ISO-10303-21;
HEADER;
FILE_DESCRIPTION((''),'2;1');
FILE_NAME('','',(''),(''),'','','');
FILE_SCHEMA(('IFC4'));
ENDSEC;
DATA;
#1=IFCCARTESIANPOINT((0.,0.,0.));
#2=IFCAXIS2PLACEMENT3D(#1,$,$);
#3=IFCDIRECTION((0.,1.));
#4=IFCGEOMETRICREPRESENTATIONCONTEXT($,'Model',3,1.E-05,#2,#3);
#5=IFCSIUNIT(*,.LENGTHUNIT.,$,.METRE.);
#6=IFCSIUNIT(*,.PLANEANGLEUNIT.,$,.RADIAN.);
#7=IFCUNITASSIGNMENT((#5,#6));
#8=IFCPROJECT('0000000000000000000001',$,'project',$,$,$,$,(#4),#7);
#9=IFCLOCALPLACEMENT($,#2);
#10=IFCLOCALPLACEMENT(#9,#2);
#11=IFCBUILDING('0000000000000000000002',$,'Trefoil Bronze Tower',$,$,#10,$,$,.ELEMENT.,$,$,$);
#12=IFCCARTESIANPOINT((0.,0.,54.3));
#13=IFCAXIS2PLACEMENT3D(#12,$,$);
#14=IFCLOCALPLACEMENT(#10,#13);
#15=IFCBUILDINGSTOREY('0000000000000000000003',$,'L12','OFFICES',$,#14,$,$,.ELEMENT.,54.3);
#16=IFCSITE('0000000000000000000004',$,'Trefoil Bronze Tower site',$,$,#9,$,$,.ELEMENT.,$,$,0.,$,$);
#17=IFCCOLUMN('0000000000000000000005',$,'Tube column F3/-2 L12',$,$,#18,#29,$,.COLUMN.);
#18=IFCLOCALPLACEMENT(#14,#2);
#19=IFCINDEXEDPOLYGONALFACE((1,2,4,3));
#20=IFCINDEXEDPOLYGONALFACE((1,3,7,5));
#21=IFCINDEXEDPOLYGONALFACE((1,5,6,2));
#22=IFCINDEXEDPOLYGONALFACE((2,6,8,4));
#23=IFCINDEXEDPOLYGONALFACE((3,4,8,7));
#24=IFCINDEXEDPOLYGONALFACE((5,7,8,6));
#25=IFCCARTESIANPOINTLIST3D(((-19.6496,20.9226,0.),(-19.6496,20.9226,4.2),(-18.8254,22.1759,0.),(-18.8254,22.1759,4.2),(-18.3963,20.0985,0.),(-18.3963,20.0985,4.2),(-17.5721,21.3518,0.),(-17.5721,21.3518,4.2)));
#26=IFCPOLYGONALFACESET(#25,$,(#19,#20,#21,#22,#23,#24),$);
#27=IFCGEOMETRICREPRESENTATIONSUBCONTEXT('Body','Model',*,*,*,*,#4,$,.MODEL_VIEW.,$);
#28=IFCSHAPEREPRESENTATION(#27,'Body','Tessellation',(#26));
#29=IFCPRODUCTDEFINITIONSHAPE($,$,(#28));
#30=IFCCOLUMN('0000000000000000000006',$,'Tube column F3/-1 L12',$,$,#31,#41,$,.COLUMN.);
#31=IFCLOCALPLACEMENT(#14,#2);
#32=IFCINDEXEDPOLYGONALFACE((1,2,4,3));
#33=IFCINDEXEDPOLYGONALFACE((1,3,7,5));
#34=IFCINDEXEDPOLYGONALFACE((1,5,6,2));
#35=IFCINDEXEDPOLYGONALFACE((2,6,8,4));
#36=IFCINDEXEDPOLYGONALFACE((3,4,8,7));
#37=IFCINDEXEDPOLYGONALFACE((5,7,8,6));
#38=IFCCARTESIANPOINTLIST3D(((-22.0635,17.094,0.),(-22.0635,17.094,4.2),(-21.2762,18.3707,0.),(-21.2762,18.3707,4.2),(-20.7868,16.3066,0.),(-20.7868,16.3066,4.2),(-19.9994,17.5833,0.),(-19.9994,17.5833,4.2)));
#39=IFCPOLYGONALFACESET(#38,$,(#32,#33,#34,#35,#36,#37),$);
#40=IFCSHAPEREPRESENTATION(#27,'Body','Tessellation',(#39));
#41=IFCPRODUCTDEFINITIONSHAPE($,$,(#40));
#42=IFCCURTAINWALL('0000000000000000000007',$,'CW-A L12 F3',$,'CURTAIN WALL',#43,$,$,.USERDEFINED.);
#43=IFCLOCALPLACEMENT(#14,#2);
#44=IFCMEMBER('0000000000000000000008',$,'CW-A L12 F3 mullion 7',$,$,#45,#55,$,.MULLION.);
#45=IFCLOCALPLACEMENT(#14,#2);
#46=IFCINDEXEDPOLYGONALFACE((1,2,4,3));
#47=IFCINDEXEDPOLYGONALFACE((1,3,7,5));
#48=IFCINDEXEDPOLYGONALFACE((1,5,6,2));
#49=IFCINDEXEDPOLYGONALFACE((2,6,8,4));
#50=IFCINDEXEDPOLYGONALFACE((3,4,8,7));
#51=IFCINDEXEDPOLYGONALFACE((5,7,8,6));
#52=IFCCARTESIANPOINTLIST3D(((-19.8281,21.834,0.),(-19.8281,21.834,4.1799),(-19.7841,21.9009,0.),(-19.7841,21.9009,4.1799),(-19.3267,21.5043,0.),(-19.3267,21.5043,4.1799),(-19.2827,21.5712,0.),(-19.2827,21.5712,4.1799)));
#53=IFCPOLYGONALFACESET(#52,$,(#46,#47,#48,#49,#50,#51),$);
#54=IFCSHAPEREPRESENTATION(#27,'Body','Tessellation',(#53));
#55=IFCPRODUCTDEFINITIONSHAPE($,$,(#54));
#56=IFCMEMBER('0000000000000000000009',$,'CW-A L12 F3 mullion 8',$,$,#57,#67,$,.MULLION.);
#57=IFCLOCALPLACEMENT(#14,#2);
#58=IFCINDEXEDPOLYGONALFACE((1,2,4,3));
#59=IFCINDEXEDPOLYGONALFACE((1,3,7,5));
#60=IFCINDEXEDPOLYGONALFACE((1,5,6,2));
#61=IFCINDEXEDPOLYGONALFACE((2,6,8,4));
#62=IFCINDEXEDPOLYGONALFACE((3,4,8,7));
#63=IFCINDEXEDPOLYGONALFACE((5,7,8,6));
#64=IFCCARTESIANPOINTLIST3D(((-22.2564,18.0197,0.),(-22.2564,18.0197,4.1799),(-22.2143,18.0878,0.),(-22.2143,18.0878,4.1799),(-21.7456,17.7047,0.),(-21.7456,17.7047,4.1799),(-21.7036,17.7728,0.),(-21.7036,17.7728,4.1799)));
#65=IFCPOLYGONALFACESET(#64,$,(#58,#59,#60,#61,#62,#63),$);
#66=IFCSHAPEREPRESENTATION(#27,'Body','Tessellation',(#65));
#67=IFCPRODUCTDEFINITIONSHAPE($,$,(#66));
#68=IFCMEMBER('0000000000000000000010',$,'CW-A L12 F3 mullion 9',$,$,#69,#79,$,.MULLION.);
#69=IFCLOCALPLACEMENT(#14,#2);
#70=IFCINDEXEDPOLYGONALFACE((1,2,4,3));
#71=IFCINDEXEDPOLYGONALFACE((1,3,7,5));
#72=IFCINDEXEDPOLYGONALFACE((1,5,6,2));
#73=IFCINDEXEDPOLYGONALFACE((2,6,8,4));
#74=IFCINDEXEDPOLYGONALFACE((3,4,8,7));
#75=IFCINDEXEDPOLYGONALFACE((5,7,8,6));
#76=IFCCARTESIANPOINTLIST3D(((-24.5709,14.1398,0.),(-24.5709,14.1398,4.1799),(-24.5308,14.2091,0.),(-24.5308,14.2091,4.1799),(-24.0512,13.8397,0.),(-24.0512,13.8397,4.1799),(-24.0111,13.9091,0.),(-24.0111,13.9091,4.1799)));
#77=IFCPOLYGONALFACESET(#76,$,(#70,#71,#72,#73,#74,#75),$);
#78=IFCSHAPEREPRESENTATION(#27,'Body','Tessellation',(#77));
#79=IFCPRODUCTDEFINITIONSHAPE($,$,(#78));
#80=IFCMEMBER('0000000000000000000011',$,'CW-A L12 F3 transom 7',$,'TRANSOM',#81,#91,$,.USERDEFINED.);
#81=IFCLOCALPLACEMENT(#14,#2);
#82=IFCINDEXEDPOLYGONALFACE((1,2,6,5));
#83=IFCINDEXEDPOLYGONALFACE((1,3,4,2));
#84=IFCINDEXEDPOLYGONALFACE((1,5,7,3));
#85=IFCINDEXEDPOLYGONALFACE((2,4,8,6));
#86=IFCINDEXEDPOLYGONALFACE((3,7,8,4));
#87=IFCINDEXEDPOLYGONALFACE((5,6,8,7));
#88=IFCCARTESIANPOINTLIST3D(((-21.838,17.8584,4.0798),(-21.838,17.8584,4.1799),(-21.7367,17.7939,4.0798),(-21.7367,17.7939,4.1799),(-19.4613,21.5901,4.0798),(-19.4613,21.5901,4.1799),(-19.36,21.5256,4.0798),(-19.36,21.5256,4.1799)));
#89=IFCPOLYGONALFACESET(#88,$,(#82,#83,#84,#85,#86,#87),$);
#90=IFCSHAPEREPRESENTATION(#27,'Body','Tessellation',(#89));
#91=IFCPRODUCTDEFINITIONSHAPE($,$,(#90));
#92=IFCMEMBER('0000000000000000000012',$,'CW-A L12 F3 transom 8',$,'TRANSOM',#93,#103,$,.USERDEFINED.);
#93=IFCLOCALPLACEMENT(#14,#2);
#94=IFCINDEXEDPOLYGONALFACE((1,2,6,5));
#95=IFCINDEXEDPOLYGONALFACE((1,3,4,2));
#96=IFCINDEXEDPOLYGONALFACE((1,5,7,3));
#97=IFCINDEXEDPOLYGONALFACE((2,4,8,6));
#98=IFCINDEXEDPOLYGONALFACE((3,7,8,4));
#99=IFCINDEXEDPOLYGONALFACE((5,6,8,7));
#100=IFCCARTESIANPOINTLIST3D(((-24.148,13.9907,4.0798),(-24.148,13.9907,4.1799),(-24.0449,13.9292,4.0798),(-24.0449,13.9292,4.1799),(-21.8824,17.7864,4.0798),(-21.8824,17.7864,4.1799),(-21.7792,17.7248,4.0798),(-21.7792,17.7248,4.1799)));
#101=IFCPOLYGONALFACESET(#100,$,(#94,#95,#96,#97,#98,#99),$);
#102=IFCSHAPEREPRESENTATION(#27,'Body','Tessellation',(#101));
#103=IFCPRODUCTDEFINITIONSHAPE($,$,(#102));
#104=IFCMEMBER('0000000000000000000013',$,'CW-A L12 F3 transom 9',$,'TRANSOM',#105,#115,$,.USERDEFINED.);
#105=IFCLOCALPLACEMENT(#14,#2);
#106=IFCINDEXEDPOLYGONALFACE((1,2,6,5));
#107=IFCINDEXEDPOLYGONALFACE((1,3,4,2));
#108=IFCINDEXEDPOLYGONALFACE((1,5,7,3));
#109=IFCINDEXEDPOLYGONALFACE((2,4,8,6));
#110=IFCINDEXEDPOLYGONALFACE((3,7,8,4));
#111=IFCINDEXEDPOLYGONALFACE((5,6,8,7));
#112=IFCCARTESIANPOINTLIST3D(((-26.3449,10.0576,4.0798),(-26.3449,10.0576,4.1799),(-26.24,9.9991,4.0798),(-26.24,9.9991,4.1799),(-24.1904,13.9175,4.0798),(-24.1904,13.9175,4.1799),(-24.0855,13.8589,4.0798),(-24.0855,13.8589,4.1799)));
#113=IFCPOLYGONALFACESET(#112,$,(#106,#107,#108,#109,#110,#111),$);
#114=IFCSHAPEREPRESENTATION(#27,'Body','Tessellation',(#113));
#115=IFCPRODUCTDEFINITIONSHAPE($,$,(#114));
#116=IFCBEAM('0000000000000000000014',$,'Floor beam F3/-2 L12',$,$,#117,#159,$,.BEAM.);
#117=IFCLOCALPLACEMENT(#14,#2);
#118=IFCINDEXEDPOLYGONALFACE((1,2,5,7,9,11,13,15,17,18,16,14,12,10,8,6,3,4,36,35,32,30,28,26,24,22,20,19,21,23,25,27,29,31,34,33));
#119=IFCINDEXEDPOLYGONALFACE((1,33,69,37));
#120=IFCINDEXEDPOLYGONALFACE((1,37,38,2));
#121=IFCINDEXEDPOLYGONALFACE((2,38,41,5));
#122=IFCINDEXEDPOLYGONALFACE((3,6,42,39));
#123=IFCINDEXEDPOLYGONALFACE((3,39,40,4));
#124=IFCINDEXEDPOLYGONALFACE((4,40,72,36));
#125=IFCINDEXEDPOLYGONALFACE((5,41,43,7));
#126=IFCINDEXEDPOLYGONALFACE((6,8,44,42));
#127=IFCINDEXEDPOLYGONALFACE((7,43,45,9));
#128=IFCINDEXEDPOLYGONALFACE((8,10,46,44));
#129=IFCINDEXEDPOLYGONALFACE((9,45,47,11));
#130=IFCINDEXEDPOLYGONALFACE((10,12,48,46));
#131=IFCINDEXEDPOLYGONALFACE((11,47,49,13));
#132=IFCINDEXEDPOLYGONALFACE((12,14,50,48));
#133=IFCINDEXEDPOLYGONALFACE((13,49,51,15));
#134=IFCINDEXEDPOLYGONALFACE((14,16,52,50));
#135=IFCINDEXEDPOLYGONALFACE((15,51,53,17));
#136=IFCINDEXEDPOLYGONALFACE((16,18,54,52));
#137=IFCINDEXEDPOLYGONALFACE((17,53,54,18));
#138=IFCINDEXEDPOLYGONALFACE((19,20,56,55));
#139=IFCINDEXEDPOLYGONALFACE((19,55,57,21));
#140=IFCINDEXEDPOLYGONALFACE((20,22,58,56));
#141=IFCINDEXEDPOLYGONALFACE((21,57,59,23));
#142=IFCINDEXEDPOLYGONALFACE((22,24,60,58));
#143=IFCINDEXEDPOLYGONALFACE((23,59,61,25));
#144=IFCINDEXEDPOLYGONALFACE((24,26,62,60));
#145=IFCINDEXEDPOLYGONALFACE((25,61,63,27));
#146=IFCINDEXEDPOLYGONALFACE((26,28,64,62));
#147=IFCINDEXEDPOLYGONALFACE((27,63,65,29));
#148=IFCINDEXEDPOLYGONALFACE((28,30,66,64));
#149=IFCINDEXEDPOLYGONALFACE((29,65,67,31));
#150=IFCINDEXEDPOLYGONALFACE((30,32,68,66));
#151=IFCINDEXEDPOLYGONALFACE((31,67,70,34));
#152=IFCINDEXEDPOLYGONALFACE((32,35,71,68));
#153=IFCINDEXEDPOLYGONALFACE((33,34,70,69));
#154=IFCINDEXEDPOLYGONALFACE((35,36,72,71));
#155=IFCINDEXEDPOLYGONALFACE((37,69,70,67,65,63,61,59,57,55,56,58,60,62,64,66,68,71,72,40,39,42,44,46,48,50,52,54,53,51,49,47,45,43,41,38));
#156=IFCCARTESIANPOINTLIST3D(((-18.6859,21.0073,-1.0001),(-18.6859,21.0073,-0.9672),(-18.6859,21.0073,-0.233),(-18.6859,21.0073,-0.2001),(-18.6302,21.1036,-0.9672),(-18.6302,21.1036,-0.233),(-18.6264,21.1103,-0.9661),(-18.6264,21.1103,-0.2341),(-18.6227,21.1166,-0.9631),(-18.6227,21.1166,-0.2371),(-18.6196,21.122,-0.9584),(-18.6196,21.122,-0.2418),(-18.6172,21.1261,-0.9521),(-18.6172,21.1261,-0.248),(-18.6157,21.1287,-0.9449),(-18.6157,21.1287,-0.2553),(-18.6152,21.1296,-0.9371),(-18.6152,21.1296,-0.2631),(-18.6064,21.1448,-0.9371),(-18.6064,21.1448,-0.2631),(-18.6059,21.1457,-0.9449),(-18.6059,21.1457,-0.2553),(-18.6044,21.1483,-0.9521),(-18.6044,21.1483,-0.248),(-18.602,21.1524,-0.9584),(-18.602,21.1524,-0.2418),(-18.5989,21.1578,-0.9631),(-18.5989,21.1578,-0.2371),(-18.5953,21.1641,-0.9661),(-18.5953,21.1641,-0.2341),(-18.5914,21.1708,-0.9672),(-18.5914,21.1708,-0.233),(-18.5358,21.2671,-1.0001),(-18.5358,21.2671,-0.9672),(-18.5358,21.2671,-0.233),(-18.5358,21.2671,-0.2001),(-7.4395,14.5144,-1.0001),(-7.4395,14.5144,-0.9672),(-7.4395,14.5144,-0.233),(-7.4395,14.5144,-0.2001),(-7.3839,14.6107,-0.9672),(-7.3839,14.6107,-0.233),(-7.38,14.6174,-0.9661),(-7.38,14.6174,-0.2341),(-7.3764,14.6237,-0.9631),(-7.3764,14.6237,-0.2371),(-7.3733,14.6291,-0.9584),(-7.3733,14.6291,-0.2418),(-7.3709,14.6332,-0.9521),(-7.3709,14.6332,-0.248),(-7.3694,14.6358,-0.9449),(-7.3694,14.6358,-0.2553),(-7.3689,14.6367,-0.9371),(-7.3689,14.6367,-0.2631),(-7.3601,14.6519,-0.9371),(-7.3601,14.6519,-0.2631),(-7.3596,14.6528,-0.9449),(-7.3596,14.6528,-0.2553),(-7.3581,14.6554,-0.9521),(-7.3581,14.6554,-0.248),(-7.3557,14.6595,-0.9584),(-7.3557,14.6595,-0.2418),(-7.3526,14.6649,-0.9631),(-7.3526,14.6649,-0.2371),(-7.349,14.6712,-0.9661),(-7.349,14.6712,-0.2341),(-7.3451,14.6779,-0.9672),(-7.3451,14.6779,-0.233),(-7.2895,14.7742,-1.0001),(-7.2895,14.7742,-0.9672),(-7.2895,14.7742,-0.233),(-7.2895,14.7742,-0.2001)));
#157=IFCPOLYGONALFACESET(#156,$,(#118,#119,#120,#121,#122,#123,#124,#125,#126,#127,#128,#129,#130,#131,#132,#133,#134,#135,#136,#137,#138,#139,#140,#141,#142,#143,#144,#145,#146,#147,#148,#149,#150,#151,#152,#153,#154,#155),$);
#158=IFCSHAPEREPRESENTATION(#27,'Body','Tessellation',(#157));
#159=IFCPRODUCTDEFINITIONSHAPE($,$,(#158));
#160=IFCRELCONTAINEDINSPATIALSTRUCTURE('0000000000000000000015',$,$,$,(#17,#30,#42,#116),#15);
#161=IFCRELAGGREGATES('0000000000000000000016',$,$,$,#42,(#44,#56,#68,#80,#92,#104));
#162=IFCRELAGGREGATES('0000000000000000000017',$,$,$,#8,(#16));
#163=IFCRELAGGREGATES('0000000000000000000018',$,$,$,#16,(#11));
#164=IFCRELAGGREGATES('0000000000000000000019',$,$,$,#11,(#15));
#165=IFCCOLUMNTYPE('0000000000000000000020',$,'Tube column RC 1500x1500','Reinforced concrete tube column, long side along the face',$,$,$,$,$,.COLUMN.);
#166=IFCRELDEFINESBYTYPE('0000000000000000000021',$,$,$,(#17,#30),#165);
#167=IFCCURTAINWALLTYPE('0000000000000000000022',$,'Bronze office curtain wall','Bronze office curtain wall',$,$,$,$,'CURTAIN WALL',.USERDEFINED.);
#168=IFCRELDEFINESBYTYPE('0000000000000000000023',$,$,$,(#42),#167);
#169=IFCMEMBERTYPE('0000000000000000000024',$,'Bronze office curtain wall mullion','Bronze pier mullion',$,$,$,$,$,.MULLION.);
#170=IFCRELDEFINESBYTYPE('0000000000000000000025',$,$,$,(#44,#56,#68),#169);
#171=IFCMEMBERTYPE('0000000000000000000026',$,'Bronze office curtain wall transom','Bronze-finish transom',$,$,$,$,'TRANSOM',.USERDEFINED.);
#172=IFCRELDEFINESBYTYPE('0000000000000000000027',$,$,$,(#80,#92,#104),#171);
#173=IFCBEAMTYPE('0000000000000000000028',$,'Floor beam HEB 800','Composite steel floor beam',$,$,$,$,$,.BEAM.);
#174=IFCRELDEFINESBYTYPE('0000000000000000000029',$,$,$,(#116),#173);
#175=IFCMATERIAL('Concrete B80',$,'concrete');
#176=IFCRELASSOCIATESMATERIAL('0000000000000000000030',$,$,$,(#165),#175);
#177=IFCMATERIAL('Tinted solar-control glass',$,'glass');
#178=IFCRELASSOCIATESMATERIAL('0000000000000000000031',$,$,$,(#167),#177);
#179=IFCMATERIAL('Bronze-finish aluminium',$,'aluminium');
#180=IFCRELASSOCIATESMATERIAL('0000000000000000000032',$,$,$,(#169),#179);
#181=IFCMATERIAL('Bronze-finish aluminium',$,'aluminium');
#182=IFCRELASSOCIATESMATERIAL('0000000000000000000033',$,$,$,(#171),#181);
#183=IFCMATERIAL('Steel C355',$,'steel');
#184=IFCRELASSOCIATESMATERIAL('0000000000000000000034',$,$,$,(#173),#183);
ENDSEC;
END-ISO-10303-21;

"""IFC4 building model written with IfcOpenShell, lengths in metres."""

from ifc_helpers import new_model, si_unit, direction, frame, origin, origin_2d, place, context, subcontext, project, spatial, rectangle, i_section, extrude, material, material_profile, profile_set, type_object, element, aggregate, save


model = new_model("IFC4")

# Units and contexts
model_context = context("Model", 3, precision=1e-05, world=origin(), true_north=direction((0.0, 1.0)))
body_context = subcontext(model_context, "Body", "Model", "MODEL_VIEW")
ifc_project = project(units=[si_unit("LENGTHUNIT", "METRE"), si_unit("PLANEANGLEUNIT", "RADIAN")], contexts=[model_context])

# Site, building, storey
site_placement = place(None, origin())
site = spatial("IfcSite", under=ifc_project, at=site_placement, Name="Trefoil Bronze Tower site", CompositionType="ELEMENT", RefElevation=0.0)
building_placement = place(site_placement, origin())
building = spatial("IfcBuilding", under=site, at=building_placement, Name="Trefoil Bronze Tower", CompositionType="ELEMENT")
storey_placement = place(building_placement, frame((0.0, 0.0, 54.3)))
storey = spatial("IfcBuildingStorey", under=building, at=storey_placement, Name="L12", Description="OFFICES", CompositionType="ELEMENT", Elevation=54.3)

# Columns
ifc_material_1 = material(Name="Concrete B80", Category="concrete")
ifc_material_profile_1 = material_profile(ifc_material_1, rectangle(XDim=1.5, YDim=1.5, at=origin_2d()), Name="RC 1500x1500")
ifc_profile_set_1 = profile_set([ifc_material_profile_1], Name="Concrete B80")
column_type = type_object("IfcColumnType", Name="Tube column RC 1500x1500", Description="Reinforced concrete tube column, long side along the face", PredefinedType="COLUMN", material=ifc_profile_set_1)
for number, where, z_axis, x_axis, name in (
    (1, (-18.6108, 21.1372, 0.0), (0.0, 0.0, 1.0), (-0.549424, -0.835544, 0.0), "Tube column F3/-2 L12"),
    (2, (-21.0315, 17.3386, 0.0), (0.0, 0.0, 1.0), (-0.524923, -0.85115, 0.0), "Tube column F3/-1 L12"),
):
    element("IfcColumn", number, at=place(storey_placement, frame(where, z_axis=z_axis, x_axis=x_axis)), inside=storey, type_object=column_type, Name=name, PredefinedType="COLUMN", context=body_context, shape_type="SweptSolid", body=[
        extrude(rectangle(XDim=1.5, YDim=1.5, at=origin_2d()), origin(), (0.0, 0.0, 1.0), 4.2),
    ])

# Curtain wall, members
ifc_material_2 = material(Name="Tinted solar-control glass", Category="glass")
curtain_wall_type = type_object("IfcCurtainWallType", Name="Bronze office curtain wall", Description="Bronze office curtain wall", ElementType="CURTAIN WALL", PredefinedType="USERDEFINED", material=ifc_material_2)
curtain_wall_placement = place(storey_placement, origin())
curtain_wall = element("IfcCurtainWall", 3, at=curtain_wall_placement, inside=storey, type_object=curtain_wall_type, Name="CW-A L12 F3", ObjectType="CURTAIN WALL", PredefinedType="USERDEFINED")
ifc_material_3 = material(Name="Bronze-finish aluminium", Category="aluminium")
ifc_material_profile_2 = material_profile(ifc_material_3, rectangle(XDim=0.6001, YDim=0.0801, at=origin_2d()), Name="CW-A mullion")
ifc_profile_set_2 = profile_set([ifc_material_profile_2], Name="Bronze-finish aluminium")
member_type_1 = type_object("IfcMemberType", Name="Bronze office curtain wall mullion", Description="Bronze pier mullion", PredefinedType="MULLION", material=ifc_profile_set_2)
member_1_placement = place(storey_placement, frame((-19.5554, 21.7026, 0.0), z_axis=(0.0, 0.0, 1.0), x_axis=(0.835544, -0.549424, 0.0)))
member_1 = element("IfcMember", 4, at=member_1_placement, type_object=member_type_1, Name="CW-A L12 F3 mullion 7", PredefinedType="MULLION", context=body_context, shape_type="SweptSolid", body=[
    extrude(rectangle(XDim=0.6001, YDim=0.0801, at=origin_2d()), origin(), (0.0, 0.0, 1.0), 4.1799),
])
member_2_placement = place(storey_placement, frame((-21.98, 17.8962, 0.0), z_axis=(0.0, 0.0, 1.0), x_axis=(0.85115, -0.524923, 0.0)))
member_2 = element("IfcMember", 5, at=member_2_placement, type_object=member_type_1, Name="CW-A L12 F3 mullion 8", PredefinedType="MULLION", context=body_context, shape_type="SweptSolid", body=[
    extrude(rectangle(XDim=0.6001, YDim=0.0801, at=origin_2d()), origin(), (0.0, 0.0, 1.0), 4.1799),
])
member_3_placement = place(storey_placement, frame((-24.291, 14.0244, 0.0), z_axis=(0.0, 0.0, 1.0), x_axis=(0.866025, -0.5, 0.0)))
member_3 = element("IfcMember", 6, at=member_3_placement, type_object=member_type_1, Name="CW-A L12 F3 mullion 9", PredefinedType="MULLION", context=body_context, shape_type="SweptSolid", body=[
    extrude(rectangle(XDim=0.6001, YDim=0.0801, at=origin_2d()), origin(), (0.0, 0.0, 1.0), 4.1799),
])
ifc_material_4 = material(Name="Bronze-finish aluminium", Category="aluminium")
ifc_material_profile_3 = material_profile(ifc_material_4, rectangle(XDim=0.1201, YDim=0.1001, at=origin_2d()), Name="CW-A transom")
ifc_profile_set_3 = profile_set([ifc_material_profile_3], Name="Bronze-finish aluminium")
member_type_2 = type_object("IfcMemberType", Name="Bronze office curtain wall transom", Description="Bronze-finish transom", ElementType="TRANSOM", PredefinedType="USERDEFINED", material=ifc_profile_set_3)
member_4_placement = place(storey_placement, frame((-19.4106, 21.5579, 4.1299), z_axis=(-0.537197, -0.843457, 0.0), x_axis=(0.843457, -0.537197, 0.0)))
member_4 = element("IfcMember", 7, at=member_4_placement, type_object=member_type_2, Name="CW-A L12 F3 transom 7", ObjectType="TRANSOM", PredefinedType="USERDEFINED", context=body_context, shape_type="SweptSolid", body=[
    extrude(rectangle(XDim=0.1201, YDim=0.1001, at=origin_2d()), origin(), (0.0, 0.0, 1.0), 4.4243),
])
member_5_placement = place(storey_placement, frame((-21.8308, 17.7556, 4.1299), z_axis=(-0.512537, -0.858665, 0.0), x_axis=(0.858665, -0.512537, 0.0)))
member_5 = element("IfcMember", 8, at=member_5_placement, type_object=member_type_2, Name="CW-A L12 F3 transom 8", ObjectType="TRANSOM", PredefinedType="USERDEFINED", context=body_context, shape_type="SweptSolid", body=[
    extrude(rectangle(XDim=0.1201, YDim=0.1001, at=origin_2d()), origin(), (0.0, 0.0, 1.0), 4.4204),
])
member_6_placement = place(storey_placement, frame((-24.1379, 13.8882, 4.1299), z_axis=(-0.4874, -0.873179, 0.0), x_axis=(0.873179, -0.4874, 0.0)))
member_6 = element("IfcMember", 9, at=member_6_placement, type_object=member_type_2, Name="CW-A L12 F3 transom 9", ObjectType="TRANSOM", PredefinedType="USERDEFINED", context=body_context, shape_type="SweptSolid", body=[
    extrude(rectangle(XDim=0.1201, YDim=0.1001, at=origin_2d()), origin(), (0.0, 0.0, 1.0), 4.4204),
])

# Beam
ifc_material_5 = material(Name="Steel C355", Category="steel")
ifc_material_profile_4 = material_profile(ifc_material_5, i_section(OverallWidth=0.3, OverallDepth=0.8, WebThickness=0.0176, FlangeThickness=0.033, FilletRadius=0.03, at=origin_2d()), Name="HEB 800")
ifc_profile_set_4 = profile_set([ifc_material_profile_4], Name="Steel C355")
beam_type_1 = type_object("IfcBeamType", Name="Floor beam HEB 800", Description="Composite steel floor beam", PredefinedType="BEAM", material=ifc_profile_set_4)
beam_1_placement = place(storey_placement, frame((-18.6108, 21.1372, -0.6001), z_axis=(0.866031, -0.499991, 0.0), x_axis=(0.499991, 0.866031, 0.0)))
element("IfcBeam", 10, at=beam_1_placement, inside=storey, type_object=beam_type_1, Name="Floor beam F3/-2 L12", PredefinedType="BEAM", context=body_context, shape_type="SweptSolid", body=[
    extrude(i_section(OverallWidth=0.3, OverallDepth=0.8, WebThickness=0.0176, FlangeThickness=0.033, FilletRadius=0.03, at=origin_2d()), origin(), (0.0, 0.0, 1.0), 12.9861),
])

aggregate(curtain_wall, [member_1, member_2, member_3, member_4, member_5, member_6])

save(model, "model.ifc")
